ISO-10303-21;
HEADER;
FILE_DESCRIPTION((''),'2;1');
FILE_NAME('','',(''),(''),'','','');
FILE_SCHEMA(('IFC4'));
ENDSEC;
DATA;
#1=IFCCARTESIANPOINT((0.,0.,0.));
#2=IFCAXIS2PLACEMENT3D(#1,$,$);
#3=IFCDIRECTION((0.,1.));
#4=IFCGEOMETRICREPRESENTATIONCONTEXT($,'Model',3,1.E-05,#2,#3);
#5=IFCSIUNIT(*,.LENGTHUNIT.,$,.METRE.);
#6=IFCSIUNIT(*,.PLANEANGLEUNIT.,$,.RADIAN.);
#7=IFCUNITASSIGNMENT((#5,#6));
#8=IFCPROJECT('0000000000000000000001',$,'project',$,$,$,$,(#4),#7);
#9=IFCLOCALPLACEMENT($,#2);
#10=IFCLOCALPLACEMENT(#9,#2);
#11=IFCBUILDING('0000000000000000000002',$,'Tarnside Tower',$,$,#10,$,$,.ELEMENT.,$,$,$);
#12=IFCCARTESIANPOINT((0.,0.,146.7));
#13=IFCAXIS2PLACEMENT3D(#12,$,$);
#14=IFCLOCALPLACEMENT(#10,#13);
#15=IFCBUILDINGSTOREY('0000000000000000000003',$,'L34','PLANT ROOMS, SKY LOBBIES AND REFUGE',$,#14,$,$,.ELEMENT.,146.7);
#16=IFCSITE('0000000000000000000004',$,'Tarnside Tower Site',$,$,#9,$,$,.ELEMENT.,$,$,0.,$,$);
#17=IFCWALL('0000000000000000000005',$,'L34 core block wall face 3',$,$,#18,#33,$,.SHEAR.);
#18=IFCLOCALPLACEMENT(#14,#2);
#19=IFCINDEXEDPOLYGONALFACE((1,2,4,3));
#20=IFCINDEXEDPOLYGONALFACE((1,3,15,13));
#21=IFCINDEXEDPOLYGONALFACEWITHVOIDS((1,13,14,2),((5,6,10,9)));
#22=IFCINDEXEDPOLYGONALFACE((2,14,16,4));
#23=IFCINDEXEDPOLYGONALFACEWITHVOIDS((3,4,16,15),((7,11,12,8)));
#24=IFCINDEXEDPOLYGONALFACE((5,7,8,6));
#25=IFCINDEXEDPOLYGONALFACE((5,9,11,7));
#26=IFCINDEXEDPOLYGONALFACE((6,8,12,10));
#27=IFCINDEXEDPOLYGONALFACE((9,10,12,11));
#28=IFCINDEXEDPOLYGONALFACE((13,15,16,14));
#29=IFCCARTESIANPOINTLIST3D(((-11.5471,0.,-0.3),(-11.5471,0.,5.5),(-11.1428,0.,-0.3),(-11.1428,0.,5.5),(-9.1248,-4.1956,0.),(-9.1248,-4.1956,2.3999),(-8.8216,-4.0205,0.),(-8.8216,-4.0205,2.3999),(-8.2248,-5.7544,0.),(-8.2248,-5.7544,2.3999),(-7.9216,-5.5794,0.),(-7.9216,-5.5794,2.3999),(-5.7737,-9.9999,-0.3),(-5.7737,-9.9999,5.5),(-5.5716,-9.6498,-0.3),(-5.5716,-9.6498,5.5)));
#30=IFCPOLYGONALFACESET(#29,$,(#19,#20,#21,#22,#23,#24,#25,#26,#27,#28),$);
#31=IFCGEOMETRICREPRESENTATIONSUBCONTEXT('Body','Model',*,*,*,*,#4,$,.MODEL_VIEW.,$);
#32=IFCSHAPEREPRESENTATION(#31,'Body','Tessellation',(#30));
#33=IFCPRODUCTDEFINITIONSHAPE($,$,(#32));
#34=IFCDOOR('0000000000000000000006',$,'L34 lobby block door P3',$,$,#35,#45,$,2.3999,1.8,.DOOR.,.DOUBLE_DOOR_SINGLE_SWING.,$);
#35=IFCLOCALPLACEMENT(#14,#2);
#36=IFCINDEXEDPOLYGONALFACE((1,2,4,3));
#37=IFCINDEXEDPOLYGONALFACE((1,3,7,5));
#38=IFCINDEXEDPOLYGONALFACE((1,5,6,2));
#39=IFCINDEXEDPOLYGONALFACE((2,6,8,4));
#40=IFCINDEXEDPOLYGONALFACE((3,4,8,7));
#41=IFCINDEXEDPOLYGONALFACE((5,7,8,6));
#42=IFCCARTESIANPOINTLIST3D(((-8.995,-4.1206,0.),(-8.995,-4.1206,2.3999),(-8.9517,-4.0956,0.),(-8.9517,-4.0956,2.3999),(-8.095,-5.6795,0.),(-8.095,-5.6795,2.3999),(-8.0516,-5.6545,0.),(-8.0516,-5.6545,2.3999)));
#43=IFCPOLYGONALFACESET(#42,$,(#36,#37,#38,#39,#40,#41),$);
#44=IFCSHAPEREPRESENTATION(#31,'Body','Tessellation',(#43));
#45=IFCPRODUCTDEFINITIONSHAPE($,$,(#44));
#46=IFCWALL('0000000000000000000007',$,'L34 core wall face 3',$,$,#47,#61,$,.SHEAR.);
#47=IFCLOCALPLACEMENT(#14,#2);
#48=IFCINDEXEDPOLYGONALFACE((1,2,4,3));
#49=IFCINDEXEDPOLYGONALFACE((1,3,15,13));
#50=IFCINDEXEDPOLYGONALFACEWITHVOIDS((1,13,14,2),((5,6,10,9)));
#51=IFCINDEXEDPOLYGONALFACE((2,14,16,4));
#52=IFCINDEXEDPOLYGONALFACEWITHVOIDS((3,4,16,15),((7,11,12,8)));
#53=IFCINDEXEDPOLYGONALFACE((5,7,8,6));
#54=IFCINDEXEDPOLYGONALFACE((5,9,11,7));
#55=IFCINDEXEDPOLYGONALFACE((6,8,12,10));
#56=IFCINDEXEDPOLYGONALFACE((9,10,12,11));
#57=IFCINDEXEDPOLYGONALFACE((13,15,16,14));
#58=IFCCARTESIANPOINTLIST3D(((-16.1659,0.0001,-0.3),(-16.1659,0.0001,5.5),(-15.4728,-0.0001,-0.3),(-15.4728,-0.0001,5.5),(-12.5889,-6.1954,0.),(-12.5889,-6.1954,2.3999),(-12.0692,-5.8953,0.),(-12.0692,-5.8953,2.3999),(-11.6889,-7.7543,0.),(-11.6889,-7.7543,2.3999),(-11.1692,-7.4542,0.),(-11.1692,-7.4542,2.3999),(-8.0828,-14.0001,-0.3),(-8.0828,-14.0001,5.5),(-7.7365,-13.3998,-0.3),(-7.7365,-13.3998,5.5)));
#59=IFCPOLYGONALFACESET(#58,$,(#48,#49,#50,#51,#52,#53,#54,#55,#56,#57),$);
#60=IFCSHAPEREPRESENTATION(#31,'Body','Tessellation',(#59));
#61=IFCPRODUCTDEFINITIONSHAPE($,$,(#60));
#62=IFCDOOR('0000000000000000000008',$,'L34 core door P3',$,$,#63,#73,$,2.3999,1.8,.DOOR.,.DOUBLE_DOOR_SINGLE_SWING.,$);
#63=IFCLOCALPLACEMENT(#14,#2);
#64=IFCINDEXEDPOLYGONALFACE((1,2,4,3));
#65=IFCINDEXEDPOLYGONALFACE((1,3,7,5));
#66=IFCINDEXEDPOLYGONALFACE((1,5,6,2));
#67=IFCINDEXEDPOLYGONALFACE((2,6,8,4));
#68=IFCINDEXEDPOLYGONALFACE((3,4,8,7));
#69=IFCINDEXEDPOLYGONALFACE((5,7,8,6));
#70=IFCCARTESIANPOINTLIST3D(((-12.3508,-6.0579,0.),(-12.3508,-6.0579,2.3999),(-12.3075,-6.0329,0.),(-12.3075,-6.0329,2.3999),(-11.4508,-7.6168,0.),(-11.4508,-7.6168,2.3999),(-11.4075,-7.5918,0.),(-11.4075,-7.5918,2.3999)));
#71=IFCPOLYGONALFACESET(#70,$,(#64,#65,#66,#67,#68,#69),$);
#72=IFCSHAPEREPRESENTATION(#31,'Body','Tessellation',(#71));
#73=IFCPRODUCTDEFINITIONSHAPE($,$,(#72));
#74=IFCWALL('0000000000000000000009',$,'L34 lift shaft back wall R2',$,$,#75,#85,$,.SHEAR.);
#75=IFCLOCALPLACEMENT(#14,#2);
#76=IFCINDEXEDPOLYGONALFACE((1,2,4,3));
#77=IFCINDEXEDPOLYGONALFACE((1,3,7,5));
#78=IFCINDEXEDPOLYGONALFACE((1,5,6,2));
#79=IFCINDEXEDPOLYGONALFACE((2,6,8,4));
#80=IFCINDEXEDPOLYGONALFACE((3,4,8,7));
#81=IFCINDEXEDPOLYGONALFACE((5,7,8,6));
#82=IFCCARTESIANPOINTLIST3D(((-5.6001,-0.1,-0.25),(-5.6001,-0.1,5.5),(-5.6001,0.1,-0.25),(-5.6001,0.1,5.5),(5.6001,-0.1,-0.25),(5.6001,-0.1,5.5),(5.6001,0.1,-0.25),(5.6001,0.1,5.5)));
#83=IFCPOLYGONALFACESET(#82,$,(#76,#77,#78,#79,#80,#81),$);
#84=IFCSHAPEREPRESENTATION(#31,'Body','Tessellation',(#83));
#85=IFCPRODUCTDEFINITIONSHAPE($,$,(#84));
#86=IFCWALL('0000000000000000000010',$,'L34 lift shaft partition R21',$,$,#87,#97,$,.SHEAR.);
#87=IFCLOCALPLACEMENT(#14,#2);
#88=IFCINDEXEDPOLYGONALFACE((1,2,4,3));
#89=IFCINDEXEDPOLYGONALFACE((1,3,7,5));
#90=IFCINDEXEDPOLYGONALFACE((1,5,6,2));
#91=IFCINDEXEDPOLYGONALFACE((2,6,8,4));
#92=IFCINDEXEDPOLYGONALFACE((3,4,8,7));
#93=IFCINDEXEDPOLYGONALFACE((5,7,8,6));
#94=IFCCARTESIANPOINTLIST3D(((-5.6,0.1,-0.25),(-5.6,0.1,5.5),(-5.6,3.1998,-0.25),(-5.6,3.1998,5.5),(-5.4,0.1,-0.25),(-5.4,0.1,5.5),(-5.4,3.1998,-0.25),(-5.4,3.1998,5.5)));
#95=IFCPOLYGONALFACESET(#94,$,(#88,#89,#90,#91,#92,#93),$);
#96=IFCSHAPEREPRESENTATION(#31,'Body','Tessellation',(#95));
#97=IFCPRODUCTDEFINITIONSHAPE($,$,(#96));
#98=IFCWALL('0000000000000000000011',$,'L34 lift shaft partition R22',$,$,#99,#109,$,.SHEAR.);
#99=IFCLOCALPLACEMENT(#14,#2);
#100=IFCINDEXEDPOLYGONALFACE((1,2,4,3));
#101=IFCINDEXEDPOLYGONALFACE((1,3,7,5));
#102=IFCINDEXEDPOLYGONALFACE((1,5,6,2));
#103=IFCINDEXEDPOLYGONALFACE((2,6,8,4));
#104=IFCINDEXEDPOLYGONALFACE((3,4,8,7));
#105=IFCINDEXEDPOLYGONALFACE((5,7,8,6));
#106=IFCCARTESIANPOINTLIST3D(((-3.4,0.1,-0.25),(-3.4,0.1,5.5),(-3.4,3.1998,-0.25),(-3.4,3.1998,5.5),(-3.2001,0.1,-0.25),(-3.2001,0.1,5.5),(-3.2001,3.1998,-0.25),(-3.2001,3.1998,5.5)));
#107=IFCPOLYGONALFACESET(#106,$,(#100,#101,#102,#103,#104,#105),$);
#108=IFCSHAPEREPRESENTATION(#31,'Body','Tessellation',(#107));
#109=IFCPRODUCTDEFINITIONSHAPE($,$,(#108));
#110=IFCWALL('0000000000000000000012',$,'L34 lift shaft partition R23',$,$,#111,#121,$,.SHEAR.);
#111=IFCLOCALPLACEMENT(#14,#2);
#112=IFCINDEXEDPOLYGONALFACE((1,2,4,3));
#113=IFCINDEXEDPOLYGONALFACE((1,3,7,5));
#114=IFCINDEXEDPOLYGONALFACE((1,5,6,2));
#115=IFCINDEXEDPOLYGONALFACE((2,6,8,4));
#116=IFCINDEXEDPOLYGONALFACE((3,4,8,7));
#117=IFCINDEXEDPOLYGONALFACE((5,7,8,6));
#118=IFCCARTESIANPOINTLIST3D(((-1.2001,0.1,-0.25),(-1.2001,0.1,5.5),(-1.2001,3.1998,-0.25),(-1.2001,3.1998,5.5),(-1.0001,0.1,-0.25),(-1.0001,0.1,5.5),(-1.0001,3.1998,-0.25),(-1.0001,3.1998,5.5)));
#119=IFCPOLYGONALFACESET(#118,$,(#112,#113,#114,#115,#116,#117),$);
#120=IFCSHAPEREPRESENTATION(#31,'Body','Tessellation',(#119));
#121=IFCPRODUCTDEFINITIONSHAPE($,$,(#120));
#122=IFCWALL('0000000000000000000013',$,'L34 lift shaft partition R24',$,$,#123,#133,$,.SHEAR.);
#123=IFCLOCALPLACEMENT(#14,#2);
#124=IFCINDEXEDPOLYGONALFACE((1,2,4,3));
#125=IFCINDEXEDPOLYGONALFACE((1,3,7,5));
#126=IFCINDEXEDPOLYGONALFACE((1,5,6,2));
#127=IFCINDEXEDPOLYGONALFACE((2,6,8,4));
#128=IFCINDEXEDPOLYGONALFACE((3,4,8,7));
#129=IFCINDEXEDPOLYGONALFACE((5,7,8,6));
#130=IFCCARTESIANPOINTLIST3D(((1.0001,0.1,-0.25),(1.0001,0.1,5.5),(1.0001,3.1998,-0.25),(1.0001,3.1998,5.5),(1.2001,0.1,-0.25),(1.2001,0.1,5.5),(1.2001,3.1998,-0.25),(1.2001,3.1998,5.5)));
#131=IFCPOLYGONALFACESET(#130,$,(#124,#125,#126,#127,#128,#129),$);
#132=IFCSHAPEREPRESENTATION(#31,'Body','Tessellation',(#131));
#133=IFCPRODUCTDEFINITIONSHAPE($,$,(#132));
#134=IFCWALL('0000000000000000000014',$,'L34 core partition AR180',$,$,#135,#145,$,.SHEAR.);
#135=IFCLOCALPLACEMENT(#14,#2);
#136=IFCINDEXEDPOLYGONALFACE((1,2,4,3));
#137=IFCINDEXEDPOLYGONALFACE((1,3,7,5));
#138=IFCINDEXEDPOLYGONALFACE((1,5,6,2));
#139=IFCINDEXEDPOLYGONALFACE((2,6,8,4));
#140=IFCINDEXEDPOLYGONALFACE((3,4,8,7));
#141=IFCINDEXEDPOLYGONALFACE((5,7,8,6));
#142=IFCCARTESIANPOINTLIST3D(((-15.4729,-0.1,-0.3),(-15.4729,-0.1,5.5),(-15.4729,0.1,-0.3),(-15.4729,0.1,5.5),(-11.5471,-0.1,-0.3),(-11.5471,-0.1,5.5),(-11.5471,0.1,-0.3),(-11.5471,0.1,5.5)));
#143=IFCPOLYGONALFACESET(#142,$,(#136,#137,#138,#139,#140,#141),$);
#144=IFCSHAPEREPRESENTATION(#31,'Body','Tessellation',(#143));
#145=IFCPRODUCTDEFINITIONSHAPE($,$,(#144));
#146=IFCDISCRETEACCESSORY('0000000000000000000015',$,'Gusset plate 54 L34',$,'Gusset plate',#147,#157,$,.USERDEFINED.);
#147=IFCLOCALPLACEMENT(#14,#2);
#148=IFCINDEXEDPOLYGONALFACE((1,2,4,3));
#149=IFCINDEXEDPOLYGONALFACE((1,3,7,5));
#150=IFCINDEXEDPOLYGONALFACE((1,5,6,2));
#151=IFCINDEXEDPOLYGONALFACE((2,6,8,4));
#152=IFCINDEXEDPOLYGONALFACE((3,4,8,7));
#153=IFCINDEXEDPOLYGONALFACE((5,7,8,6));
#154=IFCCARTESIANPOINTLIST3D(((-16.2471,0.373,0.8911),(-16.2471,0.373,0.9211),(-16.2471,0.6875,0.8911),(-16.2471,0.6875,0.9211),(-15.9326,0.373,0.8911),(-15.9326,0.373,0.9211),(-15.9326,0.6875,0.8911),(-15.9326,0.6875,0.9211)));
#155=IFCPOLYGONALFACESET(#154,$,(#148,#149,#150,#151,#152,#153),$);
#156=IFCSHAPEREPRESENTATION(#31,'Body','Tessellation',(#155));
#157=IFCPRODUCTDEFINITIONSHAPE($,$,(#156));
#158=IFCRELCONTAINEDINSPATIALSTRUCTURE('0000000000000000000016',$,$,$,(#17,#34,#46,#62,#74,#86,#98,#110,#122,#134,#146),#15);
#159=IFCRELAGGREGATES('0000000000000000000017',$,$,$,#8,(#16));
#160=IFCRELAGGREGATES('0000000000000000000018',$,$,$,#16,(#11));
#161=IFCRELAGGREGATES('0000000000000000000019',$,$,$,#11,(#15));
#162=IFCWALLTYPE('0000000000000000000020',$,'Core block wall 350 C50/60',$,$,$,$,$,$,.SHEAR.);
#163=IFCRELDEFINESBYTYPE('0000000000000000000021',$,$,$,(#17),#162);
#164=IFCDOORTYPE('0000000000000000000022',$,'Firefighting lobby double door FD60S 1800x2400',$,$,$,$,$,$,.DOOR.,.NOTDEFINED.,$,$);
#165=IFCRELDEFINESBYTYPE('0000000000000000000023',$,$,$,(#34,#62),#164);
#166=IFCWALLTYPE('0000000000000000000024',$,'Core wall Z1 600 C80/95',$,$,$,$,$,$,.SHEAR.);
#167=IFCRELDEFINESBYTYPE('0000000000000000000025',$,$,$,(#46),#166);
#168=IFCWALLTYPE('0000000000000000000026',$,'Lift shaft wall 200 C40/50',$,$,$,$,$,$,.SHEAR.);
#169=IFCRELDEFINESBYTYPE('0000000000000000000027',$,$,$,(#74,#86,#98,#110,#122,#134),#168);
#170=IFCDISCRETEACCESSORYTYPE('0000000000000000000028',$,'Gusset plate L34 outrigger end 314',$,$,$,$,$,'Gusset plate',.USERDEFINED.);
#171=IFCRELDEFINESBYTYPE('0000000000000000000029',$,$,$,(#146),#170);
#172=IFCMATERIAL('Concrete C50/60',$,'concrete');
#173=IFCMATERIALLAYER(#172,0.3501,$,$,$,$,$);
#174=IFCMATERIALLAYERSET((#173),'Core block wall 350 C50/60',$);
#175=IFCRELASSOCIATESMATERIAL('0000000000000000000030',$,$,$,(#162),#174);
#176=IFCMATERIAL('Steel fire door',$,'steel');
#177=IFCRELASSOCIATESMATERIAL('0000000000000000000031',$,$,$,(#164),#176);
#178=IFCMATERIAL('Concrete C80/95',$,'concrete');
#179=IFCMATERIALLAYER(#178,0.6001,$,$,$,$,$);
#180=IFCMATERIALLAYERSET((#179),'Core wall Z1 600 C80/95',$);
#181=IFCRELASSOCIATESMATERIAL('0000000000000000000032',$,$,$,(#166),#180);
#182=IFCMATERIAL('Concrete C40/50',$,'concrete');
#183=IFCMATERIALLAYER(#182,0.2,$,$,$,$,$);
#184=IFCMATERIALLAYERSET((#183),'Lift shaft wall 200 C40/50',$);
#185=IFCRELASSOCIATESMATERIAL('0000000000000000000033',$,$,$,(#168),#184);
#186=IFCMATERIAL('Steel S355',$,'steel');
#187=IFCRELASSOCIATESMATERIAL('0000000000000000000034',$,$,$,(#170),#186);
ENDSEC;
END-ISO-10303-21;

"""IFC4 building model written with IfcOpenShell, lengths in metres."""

from ifc_helpers import new_model, si_unit, direction, frame, frame_2d, origin, origin_2d, place, context, subcontext, project, spatial, polyline, rectangle, outline, extrude, material, layer, layer_set, type_object, element, fill, save


model = new_model("IFC4")

# Units and contexts
model_context = context("Model", 3, precision=1e-05, world=origin(), true_north=direction((0.0, 1.0)))
body_context = subcontext(model_context, "Body", "Model", "MODEL_VIEW")
ifc_project = project(units=[si_unit("LENGTHUNIT", "METRE"), si_unit("PLANEANGLEUNIT", "RADIAN")], contexts=[model_context])

# Site, building, storey
site_placement = place(None, origin())
site = spatial("IfcSite", under=ifc_project, at=site_placement, Name="Tarnside Tower Site", CompositionType="ELEMENT", RefElevation=0.0)
building_placement = place(site_placement, origin())
building = spatial("IfcBuilding", under=site, at=building_placement, Name="Tarnside Tower", CompositionType="ELEMENT")
storey_placement = place(building_placement, frame((0.0, 0.0, 146.7)))
storey = spatial("IfcBuildingStorey", under=building, at=storey_placement, Name="L34", Description="PLANT ROOMS, SKY LOBBIES AND REFUGE", CompositionType="ELEMENT", Elevation=146.7)

# Shared definitions
ifc_material_1 = material(Name="Steel S355", Category="steel")

# Shared definitions
ifc_material_2 = material(Name="Concrete C40/50", Category="concrete")

# Walls, openings, doors
ifc_material_3 = material(Name="Concrete C50/60", Category="concrete")
ifc_layer_1 = layer(ifc_material_3, 0.3501)
ifc_layer_set_1 = layer_set([ifc_layer_1], Name="Core block wall 350 C50/60")
wall_type_1 = type_object("IfcWallType", Name="Core block wall 350 C50/60", PredefinedType="SHEAR", material=ifc_layer_set_1)
wall_1_placement = place(storey_placement, frame((-11.345, 0.0, -0.3), z_axis=(0.0, 0.0, 1.0), x_axis=(0.499995, -0.866028, 0.0)))
wall_1 = element("IfcWall", 1, at=wall_1_placement, inside=storey, type_object=wall_type_1, Name="L34 core block wall face 3", PredefinedType="SHEAR", context=body_context, shape_type="SweptSolid", body=[
    extrude(outline(polyline([(-0.1011, -0.175), (11.4458, -0.175), (11.2437, 0.175), (0.1011, 0.175), (-0.1011, -0.175)])), origin(), (0.0, 0.0, 1.0), 5.8),
])
opening_1_placement = place(wall_1_placement, frame((4.7437, 0.0, 0.3)))
opening_1 = element("IfcOpeningElement", 2, at=opening_1_placement, cuts=wall_1, PredefinedType="OPENING", context=body_context, shape_type="SweptSolid", body=[
    extrude(rectangle(XDim=1.8, YDim=2.3999, at=frame_2d((0.8999, 1.2))), frame((0.0, 0.1851, 0.0), z_axis=(0.0, -1.0, 0.0), x_axis=(1.0, 0.0, 0.0)), (0.0, 0.0, 1.0), 0.3701),
])
ifc_material_4 = material(Name="Steel fire door", Category="steel")
door_type_1 = type_object("IfcDoorType", Name="Firefighting lobby double door FD60S 1800x2400", OperationType="NOTDEFINED", PredefinedType="DOOR", material=ifc_material_4)
door_1_placement = place(opening_1_placement, origin())
door_1 = element("IfcDoor", 3, at=door_1_placement, inside=storey, type_object=door_type_1, Name="L34 lobby block door P3", OperationType="DOUBLE_DOOR_SINGLE_SWING", OverallHeight=2.3999, OverallWidth=1.8, PredefinedType="DOOR", context=body_context, shape_type="SweptSolid", body=[
    extrude(rectangle(XDim=1.8, YDim=2.3999, at=frame_2d((0.8999, 1.2))), frame((0.0, 0.0249, 0.0), z_axis=(0.0, -1.0, 0.0), x_axis=(1.0, 0.0, 0.0)), (0.0, 0.0, 1.0), 0.05),
])
fill(opening_1, door_1)
ifc_material_5 = material(Name="Concrete C80/95", Category="concrete")
ifc_layer_2 = layer(ifc_material_5, 0.6001)
ifc_layer_set_2 = layer_set([ifc_layer_2], Name="Core wall Z1 600 C80/95")
wall_type_2 = type_object("IfcWallType", Name="Core wall Z1 600 C80/95", PredefinedType="SHEAR", material=ifc_layer_set_2)
wall_2_placement = place(storey_placement, frame((-15.8193, 0.0, -0.3), z_axis=(0.0, 0.0, 1.0), x_axis=(0.5, -0.866025, 0.0)))
wall_2 = element("IfcWall", 4, at=wall_2_placement, inside=storey, type_object=wall_type_2, Name="L34 core wall face 3", PredefinedType="SHEAR", context=body_context, shape_type="SweptSolid", body=[
    extrude(outline(polyline([(-0.1733, -0.3), (15.9927, -0.3), (15.646, 0.3), (0.1733, 0.3), (-0.1733, -0.3)])), origin(), (0.0, 0.0, 1.0), 5.8),
])
opening_2_placement = place(wall_2_placement, frame((6.9807, 0.0, 0.3)))
opening_2 = element("IfcOpeningElement", 5, at=opening_2_placement, cuts=wall_2, PredefinedType="OPENING", context=body_context, shape_type="SweptSolid", body=[
    extrude(rectangle(XDim=1.8, YDim=2.3999, at=frame_2d((0.8999, 1.2))), frame((0.0, 0.3101, 0.0), z_axis=(0.0, -1.0, 0.0), x_axis=(1.0, 0.0, 0.0)), (0.0, 0.0, 1.0), 0.6201),
])
door_2_placement = place(opening_2_placement, origin())
door_2 = element("IfcDoor", 6, at=door_2_placement, inside=storey, type_object=door_type_1, Name="L34 core door P3", OperationType="DOUBLE_DOOR_SINGLE_SWING", OverallHeight=2.3999, OverallWidth=1.8, PredefinedType="DOOR", context=body_context, shape_type="SweptSolid", body=[
    extrude(rectangle(XDim=1.8, YDim=2.3999, at=frame_2d((0.8999, 1.2))), frame((0.0, 0.0249, 0.0), z_axis=(0.0, -1.0, 0.0), x_axis=(1.0, 0.0, 0.0)), (0.0, 0.0, 1.0), 0.05),
])
fill(opening_2, door_2)

# Walls
ifc_layer_3 = layer(ifc_material_2, 0.2)
ifc_layer_set_3 = layer_set([ifc_layer_3], Name="Lift shaft wall 200 C40/50")
wall_type_3 = type_object("IfcWallType", Name="Lift shaft wall 200 C40/50", PredefinedType="SHEAR", material=ifc_layer_set_3)
wall_3_placement = place(storey_placement, frame((-5.6001, 0.0, -0.25), z_axis=(0.0, 0.0, 1.0), x_axis=(1.0, 0.0, 0.0)))
element("IfcWall", 7, at=wall_3_placement, inside=storey, type_object=wall_type_3, Name="L34 lift shaft back wall R2", PredefinedType="SHEAR", context=body_context, shape_type="SweptSolid", body=[
    extrude(rectangle(XDim=11.2002, YDim=0.2, at=frame_2d((5.6001, 0.0))), origin(), (0.0, 0.0, 1.0), 5.75),
])
for number, where, z_axis, x_axis, name in (
    (8, (-5.5, 0.1001, -0.25), (0.0, 0.0, 1.0), (0.0, 1.0, 0.0), "L34 lift shaft partition R21"),
    (9, (-3.3, 0.1001, -0.25), (0.0, 0.0, 1.0), (0.0, 1.0, 0.0), "L34 lift shaft partition R22"),
    (10, (-1.1001, 0.1001, -0.25), (0.0, 0.0, 1.0), (0.0, 1.0, 0.0), "L34 lift shaft partition R23"),
    (11, (1.1001, 0.1001, -0.25), (0.0, 0.0, 1.0), (0.0, 1.0, 0.0), "L34 lift shaft partition R24"),
):
    element("IfcWall", number, at=place(storey_placement, frame(where, z_axis=z_axis, x_axis=x_axis)), inside=storey, type_object=wall_type_3, Name=name, PredefinedType="SHEAR", context=body_context, shape_type="SweptSolid", body=[
        extrude(rectangle(XDim=3.0999, YDim=0.2, at=frame_2d((1.5498, 0.0))), origin(), (0.0, 0.0, 1.0), 5.75),
    ])
wall_4_placement = place(storey_placement, frame((-11.5471, 0.0, -0.3), z_axis=(0.0, 0.0, 1.0), x_axis=(-1.0, 0.0, 0.0)))
element("IfcWall", 12, at=wall_4_placement, inside=storey, type_object=wall_type_3, Name="L34 core partition AR180", PredefinedType="SHEAR", context=body_context, shape_type="SweptSolid", body=[
    extrude(rectangle(XDim=3.9258, YDim=0.2, at=frame_2d((1.9629, 0.0))), origin(), (0.0, 0.0, 1.0), 5.8),
])

# Discrete accessory
discrete_accessory_type = type_object("IfcDiscreteAccessoryType", Name="Gusset plate L34 outrigger end 314", ElementType="Gusset plate", PredefinedType="USERDEFINED", material=ifc_material_1)
discrete_accessory_placement = place(storey_placement, frame((-16.0898, 0.5303, 0.8911), z_axis=(0.0, 0.0, 1.0), x_axis=(1.0, 0.0, 0.0)))
element("IfcDiscreteAccessory", 13, at=discrete_accessory_placement, inside=storey, type_object=discrete_accessory_type, Name="Gusset plate 54 L34", ObjectType="Gusset plate", PredefinedType="USERDEFINED", context=body_context, shape_type="SweptSolid", body=[
    extrude(rectangle(XDim=0.3145, YDim=0.3145, at=origin_2d()), origin(), (0.0, 0.0, 1.0), 0.03),
])

save(model, "model.ifc")
